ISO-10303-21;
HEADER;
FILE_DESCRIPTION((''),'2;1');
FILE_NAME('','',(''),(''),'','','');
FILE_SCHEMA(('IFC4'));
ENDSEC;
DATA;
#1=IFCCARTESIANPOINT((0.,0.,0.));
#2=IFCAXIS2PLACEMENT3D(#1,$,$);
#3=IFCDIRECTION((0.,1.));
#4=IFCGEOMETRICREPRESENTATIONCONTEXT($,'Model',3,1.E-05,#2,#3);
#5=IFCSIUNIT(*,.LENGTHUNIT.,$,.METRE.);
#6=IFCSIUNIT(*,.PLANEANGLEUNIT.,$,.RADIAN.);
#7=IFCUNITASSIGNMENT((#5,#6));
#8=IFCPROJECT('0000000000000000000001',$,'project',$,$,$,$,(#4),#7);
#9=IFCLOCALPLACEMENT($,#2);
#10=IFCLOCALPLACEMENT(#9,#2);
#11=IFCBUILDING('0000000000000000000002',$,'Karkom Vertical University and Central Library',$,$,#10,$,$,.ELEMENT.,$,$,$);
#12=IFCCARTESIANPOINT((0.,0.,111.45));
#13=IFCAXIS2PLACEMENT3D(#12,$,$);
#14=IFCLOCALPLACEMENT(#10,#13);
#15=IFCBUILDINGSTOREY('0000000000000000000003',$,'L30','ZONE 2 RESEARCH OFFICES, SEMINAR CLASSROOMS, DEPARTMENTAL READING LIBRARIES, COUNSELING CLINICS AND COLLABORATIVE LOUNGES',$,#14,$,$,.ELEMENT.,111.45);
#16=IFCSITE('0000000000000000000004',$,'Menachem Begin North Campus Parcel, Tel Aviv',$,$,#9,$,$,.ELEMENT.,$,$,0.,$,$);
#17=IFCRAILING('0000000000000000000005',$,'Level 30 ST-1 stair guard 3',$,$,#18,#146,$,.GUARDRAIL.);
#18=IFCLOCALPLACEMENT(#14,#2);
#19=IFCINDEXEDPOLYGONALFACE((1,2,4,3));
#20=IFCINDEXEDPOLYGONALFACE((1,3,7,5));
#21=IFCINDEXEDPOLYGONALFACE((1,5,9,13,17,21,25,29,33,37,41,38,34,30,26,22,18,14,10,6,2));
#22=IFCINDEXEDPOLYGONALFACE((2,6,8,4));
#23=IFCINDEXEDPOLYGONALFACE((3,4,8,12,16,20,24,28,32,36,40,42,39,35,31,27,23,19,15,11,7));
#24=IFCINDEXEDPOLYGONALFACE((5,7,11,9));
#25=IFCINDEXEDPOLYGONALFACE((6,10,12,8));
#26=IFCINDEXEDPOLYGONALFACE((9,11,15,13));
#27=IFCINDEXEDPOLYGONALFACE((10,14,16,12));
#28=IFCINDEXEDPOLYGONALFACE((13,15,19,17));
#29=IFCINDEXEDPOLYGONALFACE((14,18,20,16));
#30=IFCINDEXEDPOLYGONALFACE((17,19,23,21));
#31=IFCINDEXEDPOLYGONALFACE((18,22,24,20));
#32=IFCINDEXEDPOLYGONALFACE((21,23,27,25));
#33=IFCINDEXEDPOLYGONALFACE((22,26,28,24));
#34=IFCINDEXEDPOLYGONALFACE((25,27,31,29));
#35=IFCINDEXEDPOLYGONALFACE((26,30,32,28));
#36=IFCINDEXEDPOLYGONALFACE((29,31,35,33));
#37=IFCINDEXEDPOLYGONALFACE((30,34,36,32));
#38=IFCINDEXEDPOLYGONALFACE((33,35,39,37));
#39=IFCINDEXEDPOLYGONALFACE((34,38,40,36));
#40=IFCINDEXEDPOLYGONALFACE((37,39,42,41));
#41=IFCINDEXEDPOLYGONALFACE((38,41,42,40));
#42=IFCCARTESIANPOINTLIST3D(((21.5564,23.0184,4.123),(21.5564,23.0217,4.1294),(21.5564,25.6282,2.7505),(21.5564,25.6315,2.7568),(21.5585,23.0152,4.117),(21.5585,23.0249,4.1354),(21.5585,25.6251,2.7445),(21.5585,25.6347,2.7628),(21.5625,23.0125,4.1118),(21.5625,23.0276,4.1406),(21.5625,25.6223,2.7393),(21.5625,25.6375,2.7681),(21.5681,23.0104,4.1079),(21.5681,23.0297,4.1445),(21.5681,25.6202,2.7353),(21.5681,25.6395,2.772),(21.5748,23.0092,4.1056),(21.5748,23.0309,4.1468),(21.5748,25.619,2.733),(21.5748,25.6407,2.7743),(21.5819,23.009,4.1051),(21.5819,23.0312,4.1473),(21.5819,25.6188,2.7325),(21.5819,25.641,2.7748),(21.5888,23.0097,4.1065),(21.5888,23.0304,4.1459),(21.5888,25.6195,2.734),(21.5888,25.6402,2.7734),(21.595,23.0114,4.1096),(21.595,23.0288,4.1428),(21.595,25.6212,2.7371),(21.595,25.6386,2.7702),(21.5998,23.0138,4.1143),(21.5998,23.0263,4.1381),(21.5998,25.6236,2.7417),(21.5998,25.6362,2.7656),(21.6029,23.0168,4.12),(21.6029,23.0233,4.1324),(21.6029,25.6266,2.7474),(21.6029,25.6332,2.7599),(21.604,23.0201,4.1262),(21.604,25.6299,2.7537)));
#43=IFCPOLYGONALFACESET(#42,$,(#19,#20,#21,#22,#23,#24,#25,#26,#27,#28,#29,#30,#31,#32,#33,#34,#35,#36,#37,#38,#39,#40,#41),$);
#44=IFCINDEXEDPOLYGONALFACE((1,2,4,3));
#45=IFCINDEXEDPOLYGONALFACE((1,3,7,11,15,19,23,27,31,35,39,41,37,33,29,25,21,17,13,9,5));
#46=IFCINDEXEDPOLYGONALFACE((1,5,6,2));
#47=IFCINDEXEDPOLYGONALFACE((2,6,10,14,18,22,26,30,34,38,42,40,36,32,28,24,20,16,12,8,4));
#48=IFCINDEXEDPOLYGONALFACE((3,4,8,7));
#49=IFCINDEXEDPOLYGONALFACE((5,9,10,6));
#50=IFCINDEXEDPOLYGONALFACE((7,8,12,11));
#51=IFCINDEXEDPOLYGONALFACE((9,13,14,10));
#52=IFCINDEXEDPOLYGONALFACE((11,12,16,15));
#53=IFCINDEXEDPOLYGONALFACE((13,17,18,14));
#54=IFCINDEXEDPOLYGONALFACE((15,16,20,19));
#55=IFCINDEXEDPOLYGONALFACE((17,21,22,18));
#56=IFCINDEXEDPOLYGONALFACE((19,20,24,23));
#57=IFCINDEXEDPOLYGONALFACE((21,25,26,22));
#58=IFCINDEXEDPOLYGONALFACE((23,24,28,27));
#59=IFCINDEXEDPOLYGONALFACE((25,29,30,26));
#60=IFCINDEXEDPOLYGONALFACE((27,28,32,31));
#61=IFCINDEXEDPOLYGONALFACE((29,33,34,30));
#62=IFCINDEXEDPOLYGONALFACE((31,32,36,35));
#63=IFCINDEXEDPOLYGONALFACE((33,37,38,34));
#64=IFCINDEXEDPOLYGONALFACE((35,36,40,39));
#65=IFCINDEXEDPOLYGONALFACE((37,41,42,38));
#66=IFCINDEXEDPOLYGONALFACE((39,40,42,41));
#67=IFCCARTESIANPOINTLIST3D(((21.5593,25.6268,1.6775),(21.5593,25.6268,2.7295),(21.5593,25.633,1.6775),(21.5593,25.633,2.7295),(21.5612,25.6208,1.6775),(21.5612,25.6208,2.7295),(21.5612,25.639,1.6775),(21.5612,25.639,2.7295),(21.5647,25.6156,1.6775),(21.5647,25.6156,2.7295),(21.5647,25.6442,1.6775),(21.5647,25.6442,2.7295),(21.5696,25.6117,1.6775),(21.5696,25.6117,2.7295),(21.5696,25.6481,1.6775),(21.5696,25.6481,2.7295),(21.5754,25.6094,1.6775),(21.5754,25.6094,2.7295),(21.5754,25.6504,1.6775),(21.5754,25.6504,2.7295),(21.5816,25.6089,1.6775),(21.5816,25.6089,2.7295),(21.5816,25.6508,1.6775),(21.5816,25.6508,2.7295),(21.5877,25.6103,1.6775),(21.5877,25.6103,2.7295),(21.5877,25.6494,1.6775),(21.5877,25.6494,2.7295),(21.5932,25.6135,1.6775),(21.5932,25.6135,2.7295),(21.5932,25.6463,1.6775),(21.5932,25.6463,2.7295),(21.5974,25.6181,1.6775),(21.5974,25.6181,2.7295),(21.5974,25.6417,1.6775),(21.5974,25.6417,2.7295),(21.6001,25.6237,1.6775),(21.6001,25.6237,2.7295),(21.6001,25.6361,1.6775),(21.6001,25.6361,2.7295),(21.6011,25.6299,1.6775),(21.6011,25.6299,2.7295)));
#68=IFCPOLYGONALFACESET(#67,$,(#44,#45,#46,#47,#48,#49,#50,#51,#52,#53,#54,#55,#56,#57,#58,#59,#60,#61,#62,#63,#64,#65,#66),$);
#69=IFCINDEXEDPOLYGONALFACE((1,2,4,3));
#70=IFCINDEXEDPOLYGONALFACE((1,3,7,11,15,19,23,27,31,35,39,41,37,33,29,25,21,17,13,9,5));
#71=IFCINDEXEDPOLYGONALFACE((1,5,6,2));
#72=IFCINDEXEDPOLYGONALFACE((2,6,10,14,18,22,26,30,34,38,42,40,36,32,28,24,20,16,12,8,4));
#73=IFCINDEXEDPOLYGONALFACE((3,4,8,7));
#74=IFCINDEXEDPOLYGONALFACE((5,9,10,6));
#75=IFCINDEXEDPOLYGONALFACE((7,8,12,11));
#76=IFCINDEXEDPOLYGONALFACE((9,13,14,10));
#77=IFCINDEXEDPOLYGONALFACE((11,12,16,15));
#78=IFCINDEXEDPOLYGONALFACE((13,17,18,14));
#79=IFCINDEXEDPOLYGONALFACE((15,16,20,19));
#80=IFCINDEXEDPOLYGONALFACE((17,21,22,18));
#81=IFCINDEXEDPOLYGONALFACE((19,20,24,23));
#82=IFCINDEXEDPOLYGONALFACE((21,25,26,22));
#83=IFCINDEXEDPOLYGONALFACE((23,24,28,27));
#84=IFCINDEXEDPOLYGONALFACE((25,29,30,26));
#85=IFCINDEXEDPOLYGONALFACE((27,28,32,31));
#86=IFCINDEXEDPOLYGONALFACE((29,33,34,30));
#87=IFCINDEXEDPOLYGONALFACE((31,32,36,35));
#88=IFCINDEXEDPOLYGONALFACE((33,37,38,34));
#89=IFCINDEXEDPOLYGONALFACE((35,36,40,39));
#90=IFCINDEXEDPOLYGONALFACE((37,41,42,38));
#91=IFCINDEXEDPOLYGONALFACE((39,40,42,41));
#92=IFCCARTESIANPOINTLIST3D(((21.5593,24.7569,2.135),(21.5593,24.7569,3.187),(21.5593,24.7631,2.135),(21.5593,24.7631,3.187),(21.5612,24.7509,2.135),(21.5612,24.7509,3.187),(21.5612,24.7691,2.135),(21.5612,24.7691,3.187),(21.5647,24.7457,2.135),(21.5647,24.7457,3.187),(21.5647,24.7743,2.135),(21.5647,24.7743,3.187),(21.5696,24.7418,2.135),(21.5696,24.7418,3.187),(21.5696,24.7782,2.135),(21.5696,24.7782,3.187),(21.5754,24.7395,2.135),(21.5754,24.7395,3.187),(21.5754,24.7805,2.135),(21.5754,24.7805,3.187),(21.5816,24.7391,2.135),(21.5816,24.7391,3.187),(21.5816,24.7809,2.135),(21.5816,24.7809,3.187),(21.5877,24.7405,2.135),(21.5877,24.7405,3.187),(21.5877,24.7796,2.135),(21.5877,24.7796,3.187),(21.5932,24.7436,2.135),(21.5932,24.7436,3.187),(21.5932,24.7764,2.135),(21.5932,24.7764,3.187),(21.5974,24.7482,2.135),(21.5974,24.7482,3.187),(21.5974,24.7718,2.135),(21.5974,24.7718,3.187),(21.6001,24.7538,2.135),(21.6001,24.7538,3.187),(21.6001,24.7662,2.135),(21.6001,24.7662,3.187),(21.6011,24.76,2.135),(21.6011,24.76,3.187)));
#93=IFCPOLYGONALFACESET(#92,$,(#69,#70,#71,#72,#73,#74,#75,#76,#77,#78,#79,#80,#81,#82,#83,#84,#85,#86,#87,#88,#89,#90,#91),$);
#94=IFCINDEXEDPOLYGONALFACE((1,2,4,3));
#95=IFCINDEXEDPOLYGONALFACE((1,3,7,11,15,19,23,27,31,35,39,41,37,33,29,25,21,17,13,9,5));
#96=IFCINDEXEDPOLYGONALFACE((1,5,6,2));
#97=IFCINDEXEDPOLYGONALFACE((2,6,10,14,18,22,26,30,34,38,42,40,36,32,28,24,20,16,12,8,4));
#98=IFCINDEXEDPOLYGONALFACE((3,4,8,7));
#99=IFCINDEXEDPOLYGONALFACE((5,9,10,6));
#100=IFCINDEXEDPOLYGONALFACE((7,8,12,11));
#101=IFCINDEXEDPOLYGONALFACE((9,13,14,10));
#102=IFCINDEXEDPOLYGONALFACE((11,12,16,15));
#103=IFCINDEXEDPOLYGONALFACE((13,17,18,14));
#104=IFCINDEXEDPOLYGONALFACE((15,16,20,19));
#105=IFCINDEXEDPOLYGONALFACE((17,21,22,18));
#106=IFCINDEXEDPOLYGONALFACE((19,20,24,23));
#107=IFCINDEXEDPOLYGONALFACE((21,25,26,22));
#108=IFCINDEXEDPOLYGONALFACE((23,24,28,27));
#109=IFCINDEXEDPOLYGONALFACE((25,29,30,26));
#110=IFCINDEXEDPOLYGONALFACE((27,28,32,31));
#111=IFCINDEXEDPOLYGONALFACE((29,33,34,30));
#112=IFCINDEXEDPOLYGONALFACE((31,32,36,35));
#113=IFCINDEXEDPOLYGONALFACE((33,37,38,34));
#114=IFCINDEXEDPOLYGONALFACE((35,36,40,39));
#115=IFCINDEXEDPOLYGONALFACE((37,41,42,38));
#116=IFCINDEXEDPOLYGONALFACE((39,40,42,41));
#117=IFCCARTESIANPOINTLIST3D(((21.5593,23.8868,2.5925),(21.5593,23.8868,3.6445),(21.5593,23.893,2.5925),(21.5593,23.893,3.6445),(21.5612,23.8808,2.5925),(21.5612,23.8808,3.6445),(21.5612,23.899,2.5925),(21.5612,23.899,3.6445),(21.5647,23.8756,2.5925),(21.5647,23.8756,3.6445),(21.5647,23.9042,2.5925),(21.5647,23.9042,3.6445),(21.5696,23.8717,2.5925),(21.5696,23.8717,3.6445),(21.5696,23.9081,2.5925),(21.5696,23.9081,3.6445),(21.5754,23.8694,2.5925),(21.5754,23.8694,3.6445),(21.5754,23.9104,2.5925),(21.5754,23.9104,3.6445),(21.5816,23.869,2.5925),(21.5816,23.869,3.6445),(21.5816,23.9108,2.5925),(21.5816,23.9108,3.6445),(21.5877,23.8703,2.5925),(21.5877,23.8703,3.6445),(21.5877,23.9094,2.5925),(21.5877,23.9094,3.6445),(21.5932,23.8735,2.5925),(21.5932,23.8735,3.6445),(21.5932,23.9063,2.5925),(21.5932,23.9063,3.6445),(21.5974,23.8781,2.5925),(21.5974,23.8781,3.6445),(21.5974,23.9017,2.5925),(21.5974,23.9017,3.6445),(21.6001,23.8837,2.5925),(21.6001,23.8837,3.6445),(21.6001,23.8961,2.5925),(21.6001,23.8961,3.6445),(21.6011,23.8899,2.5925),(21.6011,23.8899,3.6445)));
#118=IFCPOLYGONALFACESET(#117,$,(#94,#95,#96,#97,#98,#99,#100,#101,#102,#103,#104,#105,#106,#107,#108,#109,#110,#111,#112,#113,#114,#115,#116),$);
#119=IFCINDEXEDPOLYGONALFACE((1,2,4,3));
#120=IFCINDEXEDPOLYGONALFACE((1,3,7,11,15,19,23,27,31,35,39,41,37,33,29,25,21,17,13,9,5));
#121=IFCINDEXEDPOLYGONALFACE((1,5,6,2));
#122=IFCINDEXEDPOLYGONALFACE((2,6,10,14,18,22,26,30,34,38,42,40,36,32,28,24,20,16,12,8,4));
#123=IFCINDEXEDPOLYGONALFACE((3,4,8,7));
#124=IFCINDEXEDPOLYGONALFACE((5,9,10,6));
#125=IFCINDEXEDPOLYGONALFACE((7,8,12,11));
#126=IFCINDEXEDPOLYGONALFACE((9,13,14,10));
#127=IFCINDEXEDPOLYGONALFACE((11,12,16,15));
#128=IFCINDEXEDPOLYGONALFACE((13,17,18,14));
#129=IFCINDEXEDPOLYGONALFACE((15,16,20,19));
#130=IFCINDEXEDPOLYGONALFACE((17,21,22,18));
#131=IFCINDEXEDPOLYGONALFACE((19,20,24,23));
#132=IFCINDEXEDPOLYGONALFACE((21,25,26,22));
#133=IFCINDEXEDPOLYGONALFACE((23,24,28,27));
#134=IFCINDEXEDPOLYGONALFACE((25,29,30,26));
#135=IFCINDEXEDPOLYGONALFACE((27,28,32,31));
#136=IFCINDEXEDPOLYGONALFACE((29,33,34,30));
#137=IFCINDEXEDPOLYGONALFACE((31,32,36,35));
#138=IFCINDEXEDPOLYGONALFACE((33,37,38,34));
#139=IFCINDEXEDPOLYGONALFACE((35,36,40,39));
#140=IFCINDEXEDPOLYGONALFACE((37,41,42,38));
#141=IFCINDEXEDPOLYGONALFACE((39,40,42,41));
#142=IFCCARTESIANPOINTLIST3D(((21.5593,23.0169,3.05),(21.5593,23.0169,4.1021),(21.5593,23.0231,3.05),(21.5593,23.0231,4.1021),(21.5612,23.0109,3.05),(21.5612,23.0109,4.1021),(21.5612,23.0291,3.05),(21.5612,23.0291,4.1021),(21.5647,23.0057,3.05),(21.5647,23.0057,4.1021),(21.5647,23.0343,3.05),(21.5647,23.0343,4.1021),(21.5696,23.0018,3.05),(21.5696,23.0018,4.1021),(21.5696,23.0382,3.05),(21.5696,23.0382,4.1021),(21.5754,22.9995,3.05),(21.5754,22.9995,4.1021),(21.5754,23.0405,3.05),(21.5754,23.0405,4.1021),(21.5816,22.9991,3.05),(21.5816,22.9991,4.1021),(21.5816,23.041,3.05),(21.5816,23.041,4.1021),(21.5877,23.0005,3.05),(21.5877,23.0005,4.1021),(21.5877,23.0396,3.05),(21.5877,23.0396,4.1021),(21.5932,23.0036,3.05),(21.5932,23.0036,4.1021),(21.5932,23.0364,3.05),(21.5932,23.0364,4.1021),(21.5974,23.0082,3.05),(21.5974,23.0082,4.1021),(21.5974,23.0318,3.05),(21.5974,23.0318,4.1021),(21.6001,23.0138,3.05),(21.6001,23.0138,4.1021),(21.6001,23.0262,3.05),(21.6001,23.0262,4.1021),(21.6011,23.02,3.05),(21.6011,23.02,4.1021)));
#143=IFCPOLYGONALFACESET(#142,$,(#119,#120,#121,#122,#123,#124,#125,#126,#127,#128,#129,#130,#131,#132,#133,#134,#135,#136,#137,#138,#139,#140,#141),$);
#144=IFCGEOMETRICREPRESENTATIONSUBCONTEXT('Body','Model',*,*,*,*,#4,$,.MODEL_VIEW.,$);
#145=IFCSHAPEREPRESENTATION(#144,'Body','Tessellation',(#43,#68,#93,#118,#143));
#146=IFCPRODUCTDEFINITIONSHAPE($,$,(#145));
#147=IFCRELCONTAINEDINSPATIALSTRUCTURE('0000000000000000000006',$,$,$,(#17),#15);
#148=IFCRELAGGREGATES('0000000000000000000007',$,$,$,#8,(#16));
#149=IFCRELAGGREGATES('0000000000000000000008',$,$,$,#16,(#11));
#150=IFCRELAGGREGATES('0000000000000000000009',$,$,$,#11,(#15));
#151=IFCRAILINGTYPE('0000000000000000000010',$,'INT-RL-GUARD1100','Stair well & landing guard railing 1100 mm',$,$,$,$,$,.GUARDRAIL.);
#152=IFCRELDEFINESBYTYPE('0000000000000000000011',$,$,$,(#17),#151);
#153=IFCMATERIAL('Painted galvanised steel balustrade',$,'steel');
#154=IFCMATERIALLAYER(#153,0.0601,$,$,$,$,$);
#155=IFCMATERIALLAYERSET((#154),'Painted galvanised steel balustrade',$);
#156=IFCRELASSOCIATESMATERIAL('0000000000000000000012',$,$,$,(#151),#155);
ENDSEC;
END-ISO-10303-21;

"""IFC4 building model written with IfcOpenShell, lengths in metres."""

from ifc_helpers import new_model, si_unit, direction, frame, origin, origin_2d, place, context, subcontext, project, spatial, circle, extrude, material, layer, layer_set, type_object, element, save


model = new_model("IFC4")

# Units and contexts
model_context = context("Model", 3, precision=1e-05, world=origin(), true_north=direction((0.0, 1.0)))
body_context = subcontext(model_context, "Body", "Model", "MODEL_VIEW")
ifc_project = project(units=[si_unit("LENGTHUNIT", "METRE"), si_unit("PLANEANGLEUNIT", "RADIAN")], contexts=[model_context])

# Site, building, storey
site_placement = place(None, origin())
site = spatial("IfcSite", under=ifc_project, at=site_placement, Name="Menachem Begin North Campus Parcel, Tel Aviv", CompositionType="ELEMENT", RefElevation=0.0)
building_placement = place(site_placement, origin())
building = spatial("IfcBuilding", under=site, at=building_placement, Name="Karkom Vertical University and Central Library", CompositionType="ELEMENT")
storey_placement = place(building_placement, frame((0.0, 0.0, 111.45)))
storey = spatial("IfcBuildingStorey", under=building, at=storey_placement, Name="L30", Description="ZONE 2 RESEARCH OFFICES, SEMINAR CLASSROOMS, DEPARTMENTAL READING LIBRARIES, COUNSELING CLINICS AND COLLABORATIVE LOUNGES", CompositionType="ELEMENT", Elevation=111.45)

# Railing
ifc_material_1 = material(Name="Painted galvanised steel balustrade", Category="steel")
ifc_layer_1 = layer(ifc_material_1, 0.0601)
ifc_layer_set_1 = layer_set([ifc_layer_1], Name="Painted galvanised steel balustrade")
railing_type_1 = type_object("IfcRailingType", Name="INT-RL-GUARD1100", Description="Stair well & landing guard railing 1100 mm", PredefinedType="GUARDRAIL", material=ifc_layer_set_1)
railing_1_placement = place(storey_placement, frame((21.5801, 25.6299, 1.6775)))
element("IfcRailing", 1, at=railing_1_placement, inside=storey, type_object=railing_type_1, Name="Level 30 ST-1 stair guard 3", PredefinedType="GUARDRAIL", context=body_context, shape_type="SweptSolid", body=[
    extrude(circle(Radius=0.0239, at=origin_2d()), frame((0.0, 0.0, 1.0762), z_axis=(0.0, -0.885065, 0.465467), x_axis=(1.0, 0.0, 0.0)), (0.0, 0.0, 1.0), 2.9487),
    extrude(circle(Radius=0.021, at=origin_2d()), origin(), (0.0, 0.0, 1.0), 1.052),
    extrude(circle(Radius=0.021, at=origin_2d()), frame((0.0, -0.8699, 0.4575)), (0.0, 0.0, 1.0), 1.052),
    extrude(circle(Radius=0.021, at=origin_2d()), frame((0.0, -1.74, 0.915)), (0.0, 0.0, 1.0), 1.052),
    extrude(circle(Radius=0.021, at=origin_2d()), frame((0.0, -2.6099, 1.3726)), (0.0, 0.0, 1.0), 1.052),
])

save(model, "model.ifc")
